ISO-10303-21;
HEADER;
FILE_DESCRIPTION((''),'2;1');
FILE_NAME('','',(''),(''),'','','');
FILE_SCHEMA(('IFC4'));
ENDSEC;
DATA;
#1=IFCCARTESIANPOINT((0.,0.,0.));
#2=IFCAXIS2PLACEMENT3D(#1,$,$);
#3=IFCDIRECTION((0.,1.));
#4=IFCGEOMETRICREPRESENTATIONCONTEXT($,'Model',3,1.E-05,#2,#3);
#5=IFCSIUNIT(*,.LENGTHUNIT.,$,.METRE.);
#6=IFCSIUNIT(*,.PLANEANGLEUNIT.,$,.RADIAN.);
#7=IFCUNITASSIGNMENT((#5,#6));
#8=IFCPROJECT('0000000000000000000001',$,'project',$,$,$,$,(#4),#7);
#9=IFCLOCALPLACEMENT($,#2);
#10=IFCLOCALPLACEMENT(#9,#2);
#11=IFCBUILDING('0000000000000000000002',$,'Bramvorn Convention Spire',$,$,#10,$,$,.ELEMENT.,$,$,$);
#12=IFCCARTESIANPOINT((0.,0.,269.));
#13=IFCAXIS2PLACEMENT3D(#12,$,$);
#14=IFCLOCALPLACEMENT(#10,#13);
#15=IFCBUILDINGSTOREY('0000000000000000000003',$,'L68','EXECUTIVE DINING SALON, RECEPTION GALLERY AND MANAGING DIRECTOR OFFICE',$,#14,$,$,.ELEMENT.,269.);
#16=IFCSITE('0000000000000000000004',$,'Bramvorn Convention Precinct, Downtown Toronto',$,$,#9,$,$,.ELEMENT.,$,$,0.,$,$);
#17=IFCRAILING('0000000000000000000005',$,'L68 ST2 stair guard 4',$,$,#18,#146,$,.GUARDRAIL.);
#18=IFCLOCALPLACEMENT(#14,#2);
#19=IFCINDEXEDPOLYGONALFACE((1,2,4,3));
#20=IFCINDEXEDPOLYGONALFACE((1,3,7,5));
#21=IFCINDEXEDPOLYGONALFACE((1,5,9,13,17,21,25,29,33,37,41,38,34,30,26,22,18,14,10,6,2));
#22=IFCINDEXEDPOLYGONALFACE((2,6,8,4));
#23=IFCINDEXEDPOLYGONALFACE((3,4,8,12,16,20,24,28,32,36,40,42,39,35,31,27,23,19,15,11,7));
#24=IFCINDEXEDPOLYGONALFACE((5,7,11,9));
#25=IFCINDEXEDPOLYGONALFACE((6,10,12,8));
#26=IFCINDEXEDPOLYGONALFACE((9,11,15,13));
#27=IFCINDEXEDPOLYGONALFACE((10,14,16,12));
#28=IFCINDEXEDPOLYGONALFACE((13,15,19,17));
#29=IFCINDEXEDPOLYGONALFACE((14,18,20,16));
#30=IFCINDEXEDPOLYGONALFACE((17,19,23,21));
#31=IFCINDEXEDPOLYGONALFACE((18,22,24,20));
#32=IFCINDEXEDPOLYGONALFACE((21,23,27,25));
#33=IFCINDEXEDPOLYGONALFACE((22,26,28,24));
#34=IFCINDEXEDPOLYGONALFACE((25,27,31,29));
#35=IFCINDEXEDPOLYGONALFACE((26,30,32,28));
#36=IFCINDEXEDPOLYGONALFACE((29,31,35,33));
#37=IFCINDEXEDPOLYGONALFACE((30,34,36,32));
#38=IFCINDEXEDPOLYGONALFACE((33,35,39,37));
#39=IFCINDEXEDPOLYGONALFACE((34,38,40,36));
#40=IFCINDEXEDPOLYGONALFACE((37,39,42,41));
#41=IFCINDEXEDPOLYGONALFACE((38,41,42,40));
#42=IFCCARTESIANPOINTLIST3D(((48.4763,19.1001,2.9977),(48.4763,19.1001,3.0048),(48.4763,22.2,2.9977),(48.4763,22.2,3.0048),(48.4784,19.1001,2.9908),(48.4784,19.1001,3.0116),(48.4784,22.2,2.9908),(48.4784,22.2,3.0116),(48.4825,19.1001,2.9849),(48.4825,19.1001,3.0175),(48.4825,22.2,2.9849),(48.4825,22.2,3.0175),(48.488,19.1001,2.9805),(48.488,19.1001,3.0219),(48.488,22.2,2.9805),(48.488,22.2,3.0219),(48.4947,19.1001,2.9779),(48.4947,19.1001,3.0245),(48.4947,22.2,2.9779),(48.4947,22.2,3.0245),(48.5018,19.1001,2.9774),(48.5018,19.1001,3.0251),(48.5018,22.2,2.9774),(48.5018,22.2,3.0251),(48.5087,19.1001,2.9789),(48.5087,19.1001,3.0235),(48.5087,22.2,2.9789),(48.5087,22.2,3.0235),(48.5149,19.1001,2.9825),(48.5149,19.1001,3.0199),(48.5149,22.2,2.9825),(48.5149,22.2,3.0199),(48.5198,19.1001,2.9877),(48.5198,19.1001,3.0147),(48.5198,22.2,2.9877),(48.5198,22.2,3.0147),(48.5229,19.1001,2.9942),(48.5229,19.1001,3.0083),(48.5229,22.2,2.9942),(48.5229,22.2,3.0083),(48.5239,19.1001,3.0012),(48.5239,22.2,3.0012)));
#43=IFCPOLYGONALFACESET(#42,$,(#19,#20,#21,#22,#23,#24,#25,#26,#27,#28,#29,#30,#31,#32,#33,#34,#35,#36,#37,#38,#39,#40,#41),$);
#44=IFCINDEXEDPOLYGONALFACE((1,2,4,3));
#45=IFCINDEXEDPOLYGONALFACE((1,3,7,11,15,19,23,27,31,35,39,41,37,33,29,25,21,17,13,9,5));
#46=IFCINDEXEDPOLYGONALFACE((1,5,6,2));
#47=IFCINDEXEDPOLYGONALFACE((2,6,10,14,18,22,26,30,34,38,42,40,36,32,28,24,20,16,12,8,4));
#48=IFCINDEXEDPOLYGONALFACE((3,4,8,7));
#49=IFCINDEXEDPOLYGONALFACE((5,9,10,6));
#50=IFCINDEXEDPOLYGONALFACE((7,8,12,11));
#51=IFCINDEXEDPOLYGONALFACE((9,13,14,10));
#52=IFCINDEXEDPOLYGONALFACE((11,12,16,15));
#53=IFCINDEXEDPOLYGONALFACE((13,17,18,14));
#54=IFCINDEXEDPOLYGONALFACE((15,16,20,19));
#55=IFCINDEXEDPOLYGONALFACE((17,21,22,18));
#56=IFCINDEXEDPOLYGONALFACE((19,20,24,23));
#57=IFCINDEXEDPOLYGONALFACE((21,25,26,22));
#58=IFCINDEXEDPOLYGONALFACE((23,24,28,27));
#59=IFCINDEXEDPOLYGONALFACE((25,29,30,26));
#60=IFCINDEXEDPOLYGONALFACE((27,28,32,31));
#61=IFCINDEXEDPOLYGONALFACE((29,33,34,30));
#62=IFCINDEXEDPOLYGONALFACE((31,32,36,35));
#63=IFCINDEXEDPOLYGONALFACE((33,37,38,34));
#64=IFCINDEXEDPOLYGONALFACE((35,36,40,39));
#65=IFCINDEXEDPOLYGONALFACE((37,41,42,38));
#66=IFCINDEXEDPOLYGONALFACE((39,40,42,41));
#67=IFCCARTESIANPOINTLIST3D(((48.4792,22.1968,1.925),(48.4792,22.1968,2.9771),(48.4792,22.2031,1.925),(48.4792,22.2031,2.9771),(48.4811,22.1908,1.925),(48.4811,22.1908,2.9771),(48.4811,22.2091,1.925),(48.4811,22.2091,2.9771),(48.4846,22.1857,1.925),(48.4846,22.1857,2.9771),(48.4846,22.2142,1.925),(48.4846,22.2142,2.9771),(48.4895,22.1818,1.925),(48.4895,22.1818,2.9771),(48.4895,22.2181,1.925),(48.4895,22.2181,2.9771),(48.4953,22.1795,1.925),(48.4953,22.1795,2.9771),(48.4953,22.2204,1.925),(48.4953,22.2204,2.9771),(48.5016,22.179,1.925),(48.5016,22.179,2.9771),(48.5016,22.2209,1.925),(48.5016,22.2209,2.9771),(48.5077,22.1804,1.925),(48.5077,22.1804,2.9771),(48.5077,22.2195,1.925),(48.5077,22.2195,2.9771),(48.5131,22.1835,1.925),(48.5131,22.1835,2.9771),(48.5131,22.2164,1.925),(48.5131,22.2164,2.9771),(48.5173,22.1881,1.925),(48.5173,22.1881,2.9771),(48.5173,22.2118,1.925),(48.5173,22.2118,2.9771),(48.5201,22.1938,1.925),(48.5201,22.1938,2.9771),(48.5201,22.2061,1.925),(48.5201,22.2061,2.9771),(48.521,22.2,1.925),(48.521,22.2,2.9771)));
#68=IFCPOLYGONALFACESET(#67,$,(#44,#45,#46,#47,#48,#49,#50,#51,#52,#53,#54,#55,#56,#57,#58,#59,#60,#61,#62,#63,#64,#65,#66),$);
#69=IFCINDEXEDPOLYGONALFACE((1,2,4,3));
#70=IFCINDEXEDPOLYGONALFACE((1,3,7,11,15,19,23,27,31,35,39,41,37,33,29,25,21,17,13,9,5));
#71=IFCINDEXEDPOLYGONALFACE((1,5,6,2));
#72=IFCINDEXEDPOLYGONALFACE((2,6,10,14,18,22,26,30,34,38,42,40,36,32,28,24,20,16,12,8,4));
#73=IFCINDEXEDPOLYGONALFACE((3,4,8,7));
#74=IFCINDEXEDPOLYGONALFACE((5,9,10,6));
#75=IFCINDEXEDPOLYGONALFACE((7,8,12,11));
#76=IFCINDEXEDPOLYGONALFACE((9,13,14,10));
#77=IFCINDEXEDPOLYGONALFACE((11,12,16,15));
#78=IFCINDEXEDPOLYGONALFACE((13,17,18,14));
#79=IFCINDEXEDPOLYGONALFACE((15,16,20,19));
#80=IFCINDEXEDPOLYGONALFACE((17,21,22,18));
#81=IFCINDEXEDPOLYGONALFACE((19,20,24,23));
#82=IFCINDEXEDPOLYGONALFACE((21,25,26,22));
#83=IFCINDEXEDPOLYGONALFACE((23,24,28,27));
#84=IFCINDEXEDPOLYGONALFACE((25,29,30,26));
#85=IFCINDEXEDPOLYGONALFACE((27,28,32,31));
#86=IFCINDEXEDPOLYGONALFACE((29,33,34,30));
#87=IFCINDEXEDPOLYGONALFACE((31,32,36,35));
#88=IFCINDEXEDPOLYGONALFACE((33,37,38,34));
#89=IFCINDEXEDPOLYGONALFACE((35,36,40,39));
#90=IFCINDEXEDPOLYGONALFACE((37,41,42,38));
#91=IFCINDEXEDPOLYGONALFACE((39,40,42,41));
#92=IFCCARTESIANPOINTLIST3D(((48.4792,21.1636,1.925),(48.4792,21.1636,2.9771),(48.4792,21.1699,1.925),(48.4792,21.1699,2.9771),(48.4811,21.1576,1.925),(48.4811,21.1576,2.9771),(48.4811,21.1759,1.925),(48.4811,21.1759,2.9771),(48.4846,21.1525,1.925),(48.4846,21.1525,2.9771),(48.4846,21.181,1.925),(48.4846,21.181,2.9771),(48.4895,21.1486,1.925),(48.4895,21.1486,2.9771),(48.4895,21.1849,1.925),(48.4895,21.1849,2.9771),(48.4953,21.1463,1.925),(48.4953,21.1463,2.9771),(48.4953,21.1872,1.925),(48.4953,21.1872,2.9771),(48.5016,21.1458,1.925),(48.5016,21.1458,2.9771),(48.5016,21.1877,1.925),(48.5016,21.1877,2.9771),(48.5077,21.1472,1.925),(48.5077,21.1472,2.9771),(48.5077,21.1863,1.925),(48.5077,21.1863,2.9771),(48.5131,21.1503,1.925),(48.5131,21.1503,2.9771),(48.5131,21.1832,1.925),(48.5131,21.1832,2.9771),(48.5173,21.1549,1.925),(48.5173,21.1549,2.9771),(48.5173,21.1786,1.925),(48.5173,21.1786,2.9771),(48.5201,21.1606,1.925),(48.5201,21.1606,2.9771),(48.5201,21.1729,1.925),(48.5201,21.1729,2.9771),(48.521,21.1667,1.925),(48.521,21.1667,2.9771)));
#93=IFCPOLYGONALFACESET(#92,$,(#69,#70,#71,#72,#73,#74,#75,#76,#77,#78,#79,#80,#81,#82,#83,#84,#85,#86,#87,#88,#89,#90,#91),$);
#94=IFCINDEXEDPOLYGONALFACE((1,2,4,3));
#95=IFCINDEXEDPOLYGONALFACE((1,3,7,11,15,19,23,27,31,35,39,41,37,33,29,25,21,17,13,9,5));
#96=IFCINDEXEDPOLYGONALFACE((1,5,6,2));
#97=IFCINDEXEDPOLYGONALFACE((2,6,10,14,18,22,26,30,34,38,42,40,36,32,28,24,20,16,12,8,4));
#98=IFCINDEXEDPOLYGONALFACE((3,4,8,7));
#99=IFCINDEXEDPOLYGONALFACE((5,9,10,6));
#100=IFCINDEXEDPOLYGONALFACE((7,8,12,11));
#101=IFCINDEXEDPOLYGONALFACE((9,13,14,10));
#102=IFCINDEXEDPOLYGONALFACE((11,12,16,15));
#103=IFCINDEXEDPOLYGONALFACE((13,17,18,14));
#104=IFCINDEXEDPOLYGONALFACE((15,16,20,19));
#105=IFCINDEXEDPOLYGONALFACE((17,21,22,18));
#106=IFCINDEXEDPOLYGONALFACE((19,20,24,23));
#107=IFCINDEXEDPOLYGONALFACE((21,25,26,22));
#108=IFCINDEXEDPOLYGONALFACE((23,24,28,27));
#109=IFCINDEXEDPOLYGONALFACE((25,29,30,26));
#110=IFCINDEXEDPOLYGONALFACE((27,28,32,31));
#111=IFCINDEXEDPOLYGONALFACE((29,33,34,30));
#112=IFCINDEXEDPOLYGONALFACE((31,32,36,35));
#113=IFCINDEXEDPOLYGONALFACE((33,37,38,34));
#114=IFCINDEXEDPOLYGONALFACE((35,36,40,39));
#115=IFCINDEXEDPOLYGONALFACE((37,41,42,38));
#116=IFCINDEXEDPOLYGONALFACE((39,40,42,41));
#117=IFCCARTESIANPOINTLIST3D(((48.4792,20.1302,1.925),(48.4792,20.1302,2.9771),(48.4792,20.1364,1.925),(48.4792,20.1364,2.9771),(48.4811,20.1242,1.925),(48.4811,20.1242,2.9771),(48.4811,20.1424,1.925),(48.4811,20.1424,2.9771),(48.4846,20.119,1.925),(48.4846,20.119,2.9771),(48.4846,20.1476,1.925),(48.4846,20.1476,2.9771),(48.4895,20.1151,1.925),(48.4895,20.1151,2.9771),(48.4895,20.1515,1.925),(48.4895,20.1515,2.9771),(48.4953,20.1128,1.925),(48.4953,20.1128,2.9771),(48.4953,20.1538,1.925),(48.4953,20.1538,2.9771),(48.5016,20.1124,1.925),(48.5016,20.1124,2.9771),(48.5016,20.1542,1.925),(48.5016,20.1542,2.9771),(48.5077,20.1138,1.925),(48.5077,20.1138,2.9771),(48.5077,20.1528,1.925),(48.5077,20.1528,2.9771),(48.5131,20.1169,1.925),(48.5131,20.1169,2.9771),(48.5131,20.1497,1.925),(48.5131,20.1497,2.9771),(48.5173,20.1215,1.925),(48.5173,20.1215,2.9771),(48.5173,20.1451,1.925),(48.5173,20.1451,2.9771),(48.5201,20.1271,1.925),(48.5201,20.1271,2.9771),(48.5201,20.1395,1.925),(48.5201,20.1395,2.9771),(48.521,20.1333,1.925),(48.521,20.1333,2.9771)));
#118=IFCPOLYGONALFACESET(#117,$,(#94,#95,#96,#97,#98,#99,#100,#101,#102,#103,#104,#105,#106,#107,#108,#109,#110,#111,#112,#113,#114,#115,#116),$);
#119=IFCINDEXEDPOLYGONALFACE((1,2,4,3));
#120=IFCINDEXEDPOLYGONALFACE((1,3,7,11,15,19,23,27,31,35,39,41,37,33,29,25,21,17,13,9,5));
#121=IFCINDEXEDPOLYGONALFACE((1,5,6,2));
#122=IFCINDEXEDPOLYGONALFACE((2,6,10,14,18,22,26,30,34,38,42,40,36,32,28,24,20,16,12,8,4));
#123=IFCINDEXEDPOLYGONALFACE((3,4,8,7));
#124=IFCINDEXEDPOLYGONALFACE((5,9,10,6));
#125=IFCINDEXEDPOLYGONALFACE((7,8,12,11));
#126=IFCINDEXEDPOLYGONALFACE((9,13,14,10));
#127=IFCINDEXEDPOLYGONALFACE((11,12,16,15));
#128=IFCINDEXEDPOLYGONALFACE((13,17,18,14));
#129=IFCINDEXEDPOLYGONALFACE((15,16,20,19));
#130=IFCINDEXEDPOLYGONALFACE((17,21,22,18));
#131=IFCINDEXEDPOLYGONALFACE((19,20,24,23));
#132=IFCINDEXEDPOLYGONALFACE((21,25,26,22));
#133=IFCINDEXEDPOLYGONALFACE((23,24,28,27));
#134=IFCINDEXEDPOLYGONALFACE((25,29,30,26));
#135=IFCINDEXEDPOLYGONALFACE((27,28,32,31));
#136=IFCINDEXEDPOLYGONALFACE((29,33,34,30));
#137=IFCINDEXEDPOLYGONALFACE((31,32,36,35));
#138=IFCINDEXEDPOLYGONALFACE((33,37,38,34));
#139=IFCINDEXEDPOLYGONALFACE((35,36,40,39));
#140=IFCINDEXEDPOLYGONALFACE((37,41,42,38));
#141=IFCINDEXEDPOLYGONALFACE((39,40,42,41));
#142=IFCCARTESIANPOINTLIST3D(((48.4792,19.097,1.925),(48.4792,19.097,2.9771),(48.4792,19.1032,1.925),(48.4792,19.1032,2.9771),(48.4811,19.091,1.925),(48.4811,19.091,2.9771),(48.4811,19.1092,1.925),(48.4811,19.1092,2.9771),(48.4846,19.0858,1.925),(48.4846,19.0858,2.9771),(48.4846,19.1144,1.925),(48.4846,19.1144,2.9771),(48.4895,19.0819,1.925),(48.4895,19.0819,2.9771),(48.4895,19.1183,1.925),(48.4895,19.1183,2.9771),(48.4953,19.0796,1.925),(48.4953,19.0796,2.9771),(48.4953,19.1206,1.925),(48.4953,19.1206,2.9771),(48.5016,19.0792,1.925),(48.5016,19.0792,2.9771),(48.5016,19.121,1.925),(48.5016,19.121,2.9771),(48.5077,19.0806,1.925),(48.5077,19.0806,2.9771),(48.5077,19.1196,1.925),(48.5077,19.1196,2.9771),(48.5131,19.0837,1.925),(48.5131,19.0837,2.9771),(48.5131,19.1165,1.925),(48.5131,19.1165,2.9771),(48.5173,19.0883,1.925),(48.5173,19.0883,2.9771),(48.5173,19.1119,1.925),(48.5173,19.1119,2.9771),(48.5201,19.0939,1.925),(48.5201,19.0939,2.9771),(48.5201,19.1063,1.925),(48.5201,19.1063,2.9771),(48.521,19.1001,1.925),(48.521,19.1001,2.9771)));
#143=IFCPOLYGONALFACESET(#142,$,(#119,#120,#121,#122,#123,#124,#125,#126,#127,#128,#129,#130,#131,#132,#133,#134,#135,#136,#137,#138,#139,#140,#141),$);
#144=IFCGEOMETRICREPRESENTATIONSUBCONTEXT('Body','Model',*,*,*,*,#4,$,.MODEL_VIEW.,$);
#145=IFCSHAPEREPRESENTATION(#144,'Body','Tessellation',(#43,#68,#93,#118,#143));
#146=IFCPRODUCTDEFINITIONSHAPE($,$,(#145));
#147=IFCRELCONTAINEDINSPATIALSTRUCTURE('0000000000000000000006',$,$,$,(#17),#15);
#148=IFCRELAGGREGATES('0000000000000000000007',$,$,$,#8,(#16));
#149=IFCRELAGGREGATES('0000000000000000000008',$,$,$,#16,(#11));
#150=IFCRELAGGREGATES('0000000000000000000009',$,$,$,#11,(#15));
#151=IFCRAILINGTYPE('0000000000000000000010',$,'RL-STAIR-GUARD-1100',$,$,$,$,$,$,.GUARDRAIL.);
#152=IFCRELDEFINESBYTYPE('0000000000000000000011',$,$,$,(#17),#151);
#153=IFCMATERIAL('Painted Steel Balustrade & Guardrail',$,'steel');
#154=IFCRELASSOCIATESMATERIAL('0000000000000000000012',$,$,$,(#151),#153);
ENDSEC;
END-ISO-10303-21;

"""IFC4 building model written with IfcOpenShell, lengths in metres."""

from ifc_helpers import new_model, si_unit, direction, frame, origin, origin_2d, place, context, subcontext, project, spatial, circle, extrude, material, type_object, element, save


model = new_model("IFC4")

# Units and contexts
model_context = context("Model", 3, precision=1e-05, world=origin(), true_north=direction((0.0, 1.0)))
body_context = subcontext(model_context, "Body", "Model", "MODEL_VIEW")
ifc_project = project(units=[si_unit("LENGTHUNIT", "METRE"), si_unit("PLANEANGLEUNIT", "RADIAN")], contexts=[model_context])

# Site, building, storey
site_placement = place(None, origin())
site = spatial("IfcSite", under=ifc_project, at=site_placement, Name="Bramvorn Convention Precinct, Downtown Toronto", CompositionType="ELEMENT", RefElevation=0.0)
building_placement = place(site_placement, origin())
building = spatial("IfcBuilding", under=site, at=building_placement, Name="Bramvorn Convention Spire", CompositionType="ELEMENT")
storey_placement = place(building_placement, frame((0.0, 0.0, 269.0)))
storey = spatial("IfcBuildingStorey", under=building, at=storey_placement, Name="L68", Description="EXECUTIVE DINING SALON, RECEPTION GALLERY AND MANAGING DIRECTOR OFFICE", CompositionType="ELEMENT", Elevation=269.0)

# Railing
ifc_material_1 = material(Name="Painted Steel Balustrade & Guardrail", Category="steel")
railing_type = type_object("IfcRailingType", Name="RL-STAIR-GUARD-1100", PredefinedType="GUARDRAIL", material=ifc_material_1)
for number, where, name in (
    (1, (48.5, 22.2, 1.925), "L68 ST2 stair guard 4"),
):
    element("IfcRailing", number, at=place(storey_placement, frame(where)), inside=storey, type_object=railing_type, Name=name, PredefinedType="GUARDRAIL", context=body_context, shape_type="SweptSolid", body=[
        extrude(circle(Radius=0.0239, at=origin_2d()), frame((0.0, 0.0, 1.0762), z_axis=(0.0, -1.0, 0.0), x_axis=(1.0, 0.0, 0.0)), (0.0, 0.0, 1.0), 3.0999),
        extrude(circle(Radius=0.021, at=origin_2d()), origin(), (0.0, 0.0, 1.0), 1.052),
        extrude(circle(Radius=0.021, at=origin_2d()), frame((0.0, -1.0332, 0.0)), (0.0, 0.0, 1.0), 1.052),
        extrude(circle(Radius=0.021, at=origin_2d()), frame((0.0, -2.0667, 0.0)), (0.0, 0.0, 1.0), 1.052),
        extrude(circle(Radius=0.021, at=origin_2d()), frame((0.0, -3.0999, 0.0)), (0.0, 0.0, 1.0), 1.052),
    ])

save(model, "model.ifc")
